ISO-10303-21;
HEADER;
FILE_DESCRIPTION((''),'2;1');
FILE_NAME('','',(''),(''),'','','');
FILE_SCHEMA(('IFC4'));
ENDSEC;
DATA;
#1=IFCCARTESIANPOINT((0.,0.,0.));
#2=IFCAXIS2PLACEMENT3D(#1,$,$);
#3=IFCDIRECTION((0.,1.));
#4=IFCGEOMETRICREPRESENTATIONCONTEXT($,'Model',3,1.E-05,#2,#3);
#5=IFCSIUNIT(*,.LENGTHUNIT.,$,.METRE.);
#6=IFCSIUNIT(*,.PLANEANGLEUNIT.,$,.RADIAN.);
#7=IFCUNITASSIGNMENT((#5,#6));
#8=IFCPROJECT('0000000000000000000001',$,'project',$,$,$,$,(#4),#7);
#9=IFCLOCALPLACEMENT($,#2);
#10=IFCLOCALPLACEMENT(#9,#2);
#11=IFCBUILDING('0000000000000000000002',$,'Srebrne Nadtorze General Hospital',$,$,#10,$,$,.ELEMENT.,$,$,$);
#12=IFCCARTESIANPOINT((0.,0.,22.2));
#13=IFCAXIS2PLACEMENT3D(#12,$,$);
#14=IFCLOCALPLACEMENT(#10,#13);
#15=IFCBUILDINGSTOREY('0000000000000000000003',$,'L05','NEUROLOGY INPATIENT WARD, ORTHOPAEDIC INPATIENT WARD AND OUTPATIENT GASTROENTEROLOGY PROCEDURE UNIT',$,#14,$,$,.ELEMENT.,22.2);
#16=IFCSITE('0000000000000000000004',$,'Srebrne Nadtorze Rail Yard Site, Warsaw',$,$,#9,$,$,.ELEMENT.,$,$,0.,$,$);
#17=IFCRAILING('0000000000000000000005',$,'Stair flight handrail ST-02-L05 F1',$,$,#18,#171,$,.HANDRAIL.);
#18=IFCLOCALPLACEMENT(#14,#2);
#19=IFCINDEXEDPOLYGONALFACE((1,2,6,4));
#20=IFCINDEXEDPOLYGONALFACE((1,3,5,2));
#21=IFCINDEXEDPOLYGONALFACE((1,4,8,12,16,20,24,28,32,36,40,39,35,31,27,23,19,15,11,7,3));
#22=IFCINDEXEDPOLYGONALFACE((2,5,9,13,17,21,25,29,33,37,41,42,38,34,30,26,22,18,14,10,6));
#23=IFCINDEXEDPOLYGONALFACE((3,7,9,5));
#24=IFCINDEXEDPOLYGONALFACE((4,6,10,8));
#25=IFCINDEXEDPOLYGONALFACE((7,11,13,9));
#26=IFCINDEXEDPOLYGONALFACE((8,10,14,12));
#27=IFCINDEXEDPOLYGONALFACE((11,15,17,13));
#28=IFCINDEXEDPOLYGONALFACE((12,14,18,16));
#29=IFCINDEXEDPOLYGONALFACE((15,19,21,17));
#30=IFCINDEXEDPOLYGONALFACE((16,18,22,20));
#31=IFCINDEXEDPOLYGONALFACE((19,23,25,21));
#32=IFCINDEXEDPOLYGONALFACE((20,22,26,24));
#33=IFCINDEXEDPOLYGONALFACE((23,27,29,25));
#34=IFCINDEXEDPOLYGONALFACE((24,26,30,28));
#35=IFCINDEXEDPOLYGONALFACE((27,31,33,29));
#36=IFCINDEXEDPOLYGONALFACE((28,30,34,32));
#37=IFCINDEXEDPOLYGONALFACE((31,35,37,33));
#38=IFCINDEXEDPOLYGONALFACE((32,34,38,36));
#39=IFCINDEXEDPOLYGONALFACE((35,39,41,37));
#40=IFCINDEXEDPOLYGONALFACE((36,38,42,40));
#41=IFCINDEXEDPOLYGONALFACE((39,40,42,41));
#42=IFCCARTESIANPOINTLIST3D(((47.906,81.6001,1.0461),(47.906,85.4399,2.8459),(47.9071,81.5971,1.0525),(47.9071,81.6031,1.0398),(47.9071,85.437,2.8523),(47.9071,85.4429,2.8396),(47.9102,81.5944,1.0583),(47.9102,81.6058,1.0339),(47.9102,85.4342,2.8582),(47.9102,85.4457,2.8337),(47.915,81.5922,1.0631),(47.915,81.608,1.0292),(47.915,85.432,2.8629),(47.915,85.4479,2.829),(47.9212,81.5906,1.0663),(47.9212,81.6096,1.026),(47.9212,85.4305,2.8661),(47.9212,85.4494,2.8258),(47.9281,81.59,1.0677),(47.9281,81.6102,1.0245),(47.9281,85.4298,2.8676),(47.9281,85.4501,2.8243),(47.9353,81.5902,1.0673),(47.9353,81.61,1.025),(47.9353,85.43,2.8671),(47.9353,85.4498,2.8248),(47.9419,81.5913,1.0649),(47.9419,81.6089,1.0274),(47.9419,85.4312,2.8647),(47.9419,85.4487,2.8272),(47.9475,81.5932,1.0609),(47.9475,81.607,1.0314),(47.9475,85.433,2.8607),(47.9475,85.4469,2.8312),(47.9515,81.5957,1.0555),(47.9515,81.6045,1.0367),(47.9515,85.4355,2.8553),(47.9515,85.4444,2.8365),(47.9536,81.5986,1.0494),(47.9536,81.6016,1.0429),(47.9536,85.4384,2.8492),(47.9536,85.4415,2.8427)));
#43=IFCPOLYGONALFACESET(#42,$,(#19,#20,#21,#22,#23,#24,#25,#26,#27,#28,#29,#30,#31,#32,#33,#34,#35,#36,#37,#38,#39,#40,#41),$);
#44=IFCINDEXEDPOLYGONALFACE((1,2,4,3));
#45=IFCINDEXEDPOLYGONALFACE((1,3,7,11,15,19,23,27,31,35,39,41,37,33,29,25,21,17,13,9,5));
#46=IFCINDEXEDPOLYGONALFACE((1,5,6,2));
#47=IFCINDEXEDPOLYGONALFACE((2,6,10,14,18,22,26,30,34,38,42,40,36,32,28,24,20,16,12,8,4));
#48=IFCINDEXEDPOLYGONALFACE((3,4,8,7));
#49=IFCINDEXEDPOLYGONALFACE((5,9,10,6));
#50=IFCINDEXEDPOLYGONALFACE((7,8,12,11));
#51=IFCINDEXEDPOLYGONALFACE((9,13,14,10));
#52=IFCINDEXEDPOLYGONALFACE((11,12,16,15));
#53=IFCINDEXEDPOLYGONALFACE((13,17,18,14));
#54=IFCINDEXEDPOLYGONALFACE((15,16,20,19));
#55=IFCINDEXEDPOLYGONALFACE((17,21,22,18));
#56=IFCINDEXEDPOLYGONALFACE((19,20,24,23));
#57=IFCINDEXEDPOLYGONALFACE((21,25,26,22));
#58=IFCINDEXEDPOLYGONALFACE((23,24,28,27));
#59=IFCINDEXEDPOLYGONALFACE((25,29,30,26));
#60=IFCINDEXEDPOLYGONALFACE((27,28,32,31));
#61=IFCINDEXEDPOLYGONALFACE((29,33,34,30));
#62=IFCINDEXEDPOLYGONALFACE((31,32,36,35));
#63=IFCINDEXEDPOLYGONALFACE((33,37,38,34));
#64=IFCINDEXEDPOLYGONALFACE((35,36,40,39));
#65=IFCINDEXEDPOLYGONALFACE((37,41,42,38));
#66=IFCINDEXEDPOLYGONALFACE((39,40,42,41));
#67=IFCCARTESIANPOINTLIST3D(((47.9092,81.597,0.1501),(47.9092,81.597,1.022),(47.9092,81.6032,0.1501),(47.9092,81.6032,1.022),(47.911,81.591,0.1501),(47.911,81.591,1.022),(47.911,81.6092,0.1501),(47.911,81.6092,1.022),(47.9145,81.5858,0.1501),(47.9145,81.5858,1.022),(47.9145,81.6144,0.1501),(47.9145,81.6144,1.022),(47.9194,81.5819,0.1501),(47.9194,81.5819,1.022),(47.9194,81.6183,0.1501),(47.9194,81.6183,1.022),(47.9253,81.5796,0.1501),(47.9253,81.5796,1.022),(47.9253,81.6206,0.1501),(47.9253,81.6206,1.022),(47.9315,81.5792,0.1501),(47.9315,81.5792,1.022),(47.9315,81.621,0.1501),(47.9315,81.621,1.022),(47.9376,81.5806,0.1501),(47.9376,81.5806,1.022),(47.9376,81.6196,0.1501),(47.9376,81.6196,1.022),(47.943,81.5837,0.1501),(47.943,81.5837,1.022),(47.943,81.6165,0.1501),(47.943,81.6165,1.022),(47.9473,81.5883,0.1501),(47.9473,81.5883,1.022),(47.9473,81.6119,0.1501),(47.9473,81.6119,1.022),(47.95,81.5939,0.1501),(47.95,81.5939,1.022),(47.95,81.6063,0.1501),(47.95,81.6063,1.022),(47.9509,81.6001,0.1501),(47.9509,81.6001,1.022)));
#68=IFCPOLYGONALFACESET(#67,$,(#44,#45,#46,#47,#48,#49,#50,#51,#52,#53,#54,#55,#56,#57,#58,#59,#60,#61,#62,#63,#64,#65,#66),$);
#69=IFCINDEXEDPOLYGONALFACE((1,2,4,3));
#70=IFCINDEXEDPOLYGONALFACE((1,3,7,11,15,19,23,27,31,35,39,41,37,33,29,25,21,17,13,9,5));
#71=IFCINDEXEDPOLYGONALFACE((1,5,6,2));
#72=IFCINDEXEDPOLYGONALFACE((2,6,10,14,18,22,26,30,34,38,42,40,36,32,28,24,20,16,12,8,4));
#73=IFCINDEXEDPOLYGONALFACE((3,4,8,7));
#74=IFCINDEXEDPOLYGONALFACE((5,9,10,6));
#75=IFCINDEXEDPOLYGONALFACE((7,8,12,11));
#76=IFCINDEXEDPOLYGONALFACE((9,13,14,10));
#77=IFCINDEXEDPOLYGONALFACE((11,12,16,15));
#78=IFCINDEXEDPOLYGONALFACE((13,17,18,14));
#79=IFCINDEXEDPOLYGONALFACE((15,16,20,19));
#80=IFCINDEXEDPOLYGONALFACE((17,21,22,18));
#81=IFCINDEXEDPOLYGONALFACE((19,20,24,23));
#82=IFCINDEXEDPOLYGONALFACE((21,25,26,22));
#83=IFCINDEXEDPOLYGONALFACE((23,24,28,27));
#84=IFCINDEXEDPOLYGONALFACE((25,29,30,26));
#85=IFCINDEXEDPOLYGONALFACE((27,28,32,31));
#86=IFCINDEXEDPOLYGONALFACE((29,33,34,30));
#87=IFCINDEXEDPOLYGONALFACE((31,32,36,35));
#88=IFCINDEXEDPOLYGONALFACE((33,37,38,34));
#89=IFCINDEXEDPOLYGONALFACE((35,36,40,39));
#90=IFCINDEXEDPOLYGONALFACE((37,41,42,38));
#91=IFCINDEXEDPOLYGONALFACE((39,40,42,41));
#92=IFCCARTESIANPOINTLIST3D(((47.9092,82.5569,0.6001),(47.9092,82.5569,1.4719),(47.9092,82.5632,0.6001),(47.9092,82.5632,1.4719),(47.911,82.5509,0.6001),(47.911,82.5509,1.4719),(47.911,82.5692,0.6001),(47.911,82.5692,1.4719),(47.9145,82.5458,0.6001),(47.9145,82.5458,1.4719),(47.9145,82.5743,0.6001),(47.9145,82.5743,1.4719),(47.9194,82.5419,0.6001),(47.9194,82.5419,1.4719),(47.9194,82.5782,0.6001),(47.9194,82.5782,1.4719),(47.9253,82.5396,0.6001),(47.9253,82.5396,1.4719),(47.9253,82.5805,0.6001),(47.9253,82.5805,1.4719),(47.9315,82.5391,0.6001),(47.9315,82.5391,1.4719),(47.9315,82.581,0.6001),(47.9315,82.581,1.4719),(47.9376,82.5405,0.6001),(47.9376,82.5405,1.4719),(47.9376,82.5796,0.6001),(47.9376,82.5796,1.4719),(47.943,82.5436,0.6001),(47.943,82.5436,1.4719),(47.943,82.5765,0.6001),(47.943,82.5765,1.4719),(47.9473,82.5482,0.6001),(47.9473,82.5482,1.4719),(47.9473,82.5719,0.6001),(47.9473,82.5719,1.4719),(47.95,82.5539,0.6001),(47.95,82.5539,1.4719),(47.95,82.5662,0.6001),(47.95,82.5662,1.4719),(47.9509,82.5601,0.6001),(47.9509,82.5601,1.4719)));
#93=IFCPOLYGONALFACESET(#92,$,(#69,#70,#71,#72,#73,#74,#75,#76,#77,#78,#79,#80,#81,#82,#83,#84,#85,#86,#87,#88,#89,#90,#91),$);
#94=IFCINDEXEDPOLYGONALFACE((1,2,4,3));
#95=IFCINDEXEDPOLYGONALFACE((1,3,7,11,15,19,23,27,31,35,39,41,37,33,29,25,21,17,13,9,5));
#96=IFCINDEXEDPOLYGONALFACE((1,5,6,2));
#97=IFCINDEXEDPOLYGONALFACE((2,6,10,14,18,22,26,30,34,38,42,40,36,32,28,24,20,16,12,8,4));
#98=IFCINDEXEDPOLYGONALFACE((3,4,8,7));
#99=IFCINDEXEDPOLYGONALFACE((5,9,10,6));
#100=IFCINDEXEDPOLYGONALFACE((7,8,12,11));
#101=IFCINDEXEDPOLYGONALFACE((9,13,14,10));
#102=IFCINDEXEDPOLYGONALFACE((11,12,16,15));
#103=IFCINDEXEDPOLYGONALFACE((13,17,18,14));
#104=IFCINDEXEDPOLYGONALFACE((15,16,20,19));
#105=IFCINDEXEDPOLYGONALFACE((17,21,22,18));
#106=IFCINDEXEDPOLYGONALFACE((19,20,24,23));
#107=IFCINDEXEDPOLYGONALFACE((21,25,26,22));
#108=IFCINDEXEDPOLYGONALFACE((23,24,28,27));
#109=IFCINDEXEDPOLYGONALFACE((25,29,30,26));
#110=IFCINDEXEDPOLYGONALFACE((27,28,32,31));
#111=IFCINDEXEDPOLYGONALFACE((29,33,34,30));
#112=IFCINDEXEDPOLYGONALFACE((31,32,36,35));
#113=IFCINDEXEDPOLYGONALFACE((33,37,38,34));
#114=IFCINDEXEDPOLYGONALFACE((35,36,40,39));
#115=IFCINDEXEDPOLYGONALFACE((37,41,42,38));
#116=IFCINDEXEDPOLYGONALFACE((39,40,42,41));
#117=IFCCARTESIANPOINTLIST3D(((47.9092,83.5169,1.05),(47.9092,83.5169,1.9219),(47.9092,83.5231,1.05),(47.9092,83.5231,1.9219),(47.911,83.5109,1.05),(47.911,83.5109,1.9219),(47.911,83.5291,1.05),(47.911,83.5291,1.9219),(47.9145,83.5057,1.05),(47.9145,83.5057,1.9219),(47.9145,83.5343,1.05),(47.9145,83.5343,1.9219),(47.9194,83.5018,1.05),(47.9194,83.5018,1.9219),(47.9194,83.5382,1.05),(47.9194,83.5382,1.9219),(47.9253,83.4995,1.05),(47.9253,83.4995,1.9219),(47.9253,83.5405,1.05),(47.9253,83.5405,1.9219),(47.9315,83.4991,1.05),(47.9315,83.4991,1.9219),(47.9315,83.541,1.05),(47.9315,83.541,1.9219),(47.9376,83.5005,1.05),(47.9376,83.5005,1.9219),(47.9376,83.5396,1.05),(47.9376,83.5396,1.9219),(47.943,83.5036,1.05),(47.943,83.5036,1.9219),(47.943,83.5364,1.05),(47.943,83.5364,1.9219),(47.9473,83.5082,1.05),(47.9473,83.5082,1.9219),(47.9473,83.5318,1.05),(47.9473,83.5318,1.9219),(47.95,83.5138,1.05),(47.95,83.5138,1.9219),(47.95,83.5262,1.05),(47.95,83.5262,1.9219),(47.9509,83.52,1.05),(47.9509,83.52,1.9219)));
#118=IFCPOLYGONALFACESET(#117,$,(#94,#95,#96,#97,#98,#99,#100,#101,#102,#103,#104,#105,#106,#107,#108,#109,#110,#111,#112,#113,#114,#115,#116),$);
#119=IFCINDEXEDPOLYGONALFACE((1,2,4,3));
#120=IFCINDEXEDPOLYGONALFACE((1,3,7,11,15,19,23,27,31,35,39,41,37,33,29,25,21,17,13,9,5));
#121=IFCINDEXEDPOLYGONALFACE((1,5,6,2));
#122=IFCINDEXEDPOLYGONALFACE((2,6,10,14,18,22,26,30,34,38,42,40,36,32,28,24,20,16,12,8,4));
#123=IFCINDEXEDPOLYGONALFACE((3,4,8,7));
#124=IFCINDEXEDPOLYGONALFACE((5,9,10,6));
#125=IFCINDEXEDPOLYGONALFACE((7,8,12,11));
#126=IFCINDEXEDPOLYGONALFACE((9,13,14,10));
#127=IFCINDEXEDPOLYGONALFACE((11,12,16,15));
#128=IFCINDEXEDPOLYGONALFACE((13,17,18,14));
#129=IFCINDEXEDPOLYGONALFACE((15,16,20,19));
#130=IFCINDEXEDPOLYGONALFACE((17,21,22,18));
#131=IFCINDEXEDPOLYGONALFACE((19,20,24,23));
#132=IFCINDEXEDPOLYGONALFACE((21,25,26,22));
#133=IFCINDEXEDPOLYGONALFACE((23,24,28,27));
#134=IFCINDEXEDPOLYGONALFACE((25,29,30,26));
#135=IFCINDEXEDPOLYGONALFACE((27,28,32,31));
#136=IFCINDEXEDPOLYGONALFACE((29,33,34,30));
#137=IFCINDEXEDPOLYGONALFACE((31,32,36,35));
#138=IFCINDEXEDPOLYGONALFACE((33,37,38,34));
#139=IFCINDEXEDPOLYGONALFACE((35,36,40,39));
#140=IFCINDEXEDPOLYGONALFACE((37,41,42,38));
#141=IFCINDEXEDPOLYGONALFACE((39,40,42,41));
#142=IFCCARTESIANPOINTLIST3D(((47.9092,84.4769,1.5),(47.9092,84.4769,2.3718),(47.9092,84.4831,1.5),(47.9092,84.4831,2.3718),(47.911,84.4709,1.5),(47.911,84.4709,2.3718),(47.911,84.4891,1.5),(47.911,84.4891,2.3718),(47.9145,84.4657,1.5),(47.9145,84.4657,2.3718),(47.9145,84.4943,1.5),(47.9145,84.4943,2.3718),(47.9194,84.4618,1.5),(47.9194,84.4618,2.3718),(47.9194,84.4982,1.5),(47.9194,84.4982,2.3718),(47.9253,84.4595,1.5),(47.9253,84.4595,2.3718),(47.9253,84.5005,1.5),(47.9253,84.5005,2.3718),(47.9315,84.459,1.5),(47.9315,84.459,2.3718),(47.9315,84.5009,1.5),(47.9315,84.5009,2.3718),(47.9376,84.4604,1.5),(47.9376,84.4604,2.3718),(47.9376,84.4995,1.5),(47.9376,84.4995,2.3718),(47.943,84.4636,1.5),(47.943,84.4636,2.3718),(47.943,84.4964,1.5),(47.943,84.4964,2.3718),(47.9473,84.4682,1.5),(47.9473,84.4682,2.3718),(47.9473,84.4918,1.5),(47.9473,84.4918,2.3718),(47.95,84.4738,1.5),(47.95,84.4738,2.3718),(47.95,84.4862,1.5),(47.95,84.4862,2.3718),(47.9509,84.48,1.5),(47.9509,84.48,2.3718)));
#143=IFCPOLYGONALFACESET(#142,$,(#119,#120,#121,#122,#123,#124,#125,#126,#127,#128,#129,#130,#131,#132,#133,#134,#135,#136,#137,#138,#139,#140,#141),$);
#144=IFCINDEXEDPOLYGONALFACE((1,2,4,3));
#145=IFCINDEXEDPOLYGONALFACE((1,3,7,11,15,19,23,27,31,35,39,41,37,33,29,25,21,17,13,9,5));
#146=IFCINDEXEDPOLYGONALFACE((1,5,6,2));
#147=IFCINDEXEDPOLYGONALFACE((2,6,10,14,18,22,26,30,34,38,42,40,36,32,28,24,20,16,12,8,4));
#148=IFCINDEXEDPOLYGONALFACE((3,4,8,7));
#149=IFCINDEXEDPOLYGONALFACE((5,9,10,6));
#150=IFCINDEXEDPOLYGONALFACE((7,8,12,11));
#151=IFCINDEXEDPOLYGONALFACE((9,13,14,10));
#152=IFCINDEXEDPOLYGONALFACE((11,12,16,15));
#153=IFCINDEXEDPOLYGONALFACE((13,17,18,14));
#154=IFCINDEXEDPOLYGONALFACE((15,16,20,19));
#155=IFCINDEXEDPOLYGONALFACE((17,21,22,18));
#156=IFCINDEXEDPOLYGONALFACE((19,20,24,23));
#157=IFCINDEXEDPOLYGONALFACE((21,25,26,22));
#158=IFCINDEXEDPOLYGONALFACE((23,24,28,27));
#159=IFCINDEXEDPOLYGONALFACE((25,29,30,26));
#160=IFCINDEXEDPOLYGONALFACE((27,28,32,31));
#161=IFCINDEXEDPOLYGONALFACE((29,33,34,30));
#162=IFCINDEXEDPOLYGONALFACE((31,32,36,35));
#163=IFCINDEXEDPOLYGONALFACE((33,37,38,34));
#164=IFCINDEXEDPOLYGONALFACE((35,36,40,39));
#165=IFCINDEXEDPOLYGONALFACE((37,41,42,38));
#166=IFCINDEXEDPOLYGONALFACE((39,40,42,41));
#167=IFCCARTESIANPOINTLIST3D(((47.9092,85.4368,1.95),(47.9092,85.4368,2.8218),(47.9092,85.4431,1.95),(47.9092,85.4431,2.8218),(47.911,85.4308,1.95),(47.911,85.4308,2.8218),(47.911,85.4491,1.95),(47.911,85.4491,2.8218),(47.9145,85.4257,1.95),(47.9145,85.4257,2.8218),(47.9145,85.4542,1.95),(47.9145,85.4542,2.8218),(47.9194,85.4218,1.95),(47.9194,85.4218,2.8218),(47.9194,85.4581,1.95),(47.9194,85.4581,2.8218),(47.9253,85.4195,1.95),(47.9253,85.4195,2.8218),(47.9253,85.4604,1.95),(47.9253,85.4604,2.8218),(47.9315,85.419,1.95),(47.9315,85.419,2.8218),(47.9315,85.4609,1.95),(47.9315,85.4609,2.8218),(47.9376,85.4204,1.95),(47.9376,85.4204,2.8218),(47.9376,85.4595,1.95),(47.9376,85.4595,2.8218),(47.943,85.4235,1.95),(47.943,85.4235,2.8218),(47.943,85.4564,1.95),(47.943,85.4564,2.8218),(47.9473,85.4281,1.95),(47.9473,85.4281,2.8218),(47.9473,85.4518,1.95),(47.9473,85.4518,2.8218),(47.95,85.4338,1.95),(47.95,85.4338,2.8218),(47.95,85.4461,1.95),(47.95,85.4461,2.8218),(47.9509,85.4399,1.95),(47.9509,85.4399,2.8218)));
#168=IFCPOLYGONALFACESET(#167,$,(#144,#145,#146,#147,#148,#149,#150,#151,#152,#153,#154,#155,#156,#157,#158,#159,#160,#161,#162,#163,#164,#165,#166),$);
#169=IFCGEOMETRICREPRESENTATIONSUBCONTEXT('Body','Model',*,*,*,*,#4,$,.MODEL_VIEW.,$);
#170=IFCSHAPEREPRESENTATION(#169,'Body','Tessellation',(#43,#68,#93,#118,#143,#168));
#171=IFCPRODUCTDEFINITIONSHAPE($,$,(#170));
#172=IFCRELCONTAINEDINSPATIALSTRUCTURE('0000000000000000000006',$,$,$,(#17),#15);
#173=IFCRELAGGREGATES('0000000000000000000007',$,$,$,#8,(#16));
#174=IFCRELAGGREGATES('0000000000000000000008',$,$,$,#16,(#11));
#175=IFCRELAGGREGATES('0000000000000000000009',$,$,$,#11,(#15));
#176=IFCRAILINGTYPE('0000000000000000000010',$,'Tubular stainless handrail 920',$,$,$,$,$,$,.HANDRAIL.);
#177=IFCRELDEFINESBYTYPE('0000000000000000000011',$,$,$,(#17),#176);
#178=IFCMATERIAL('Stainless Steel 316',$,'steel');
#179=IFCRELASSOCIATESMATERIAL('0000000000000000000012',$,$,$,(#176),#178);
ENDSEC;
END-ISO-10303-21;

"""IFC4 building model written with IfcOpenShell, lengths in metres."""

from ifc_helpers import new_model, si_unit, direction, frame, origin, origin_2d, place, context, subcontext, project, spatial, circle, extrude, material, type_object, element, save


model = new_model("IFC4")

# Units and contexts
model_context = context("Model", 3, precision=1e-05, world=origin(), true_north=direction((0.0, 1.0)))
body_context = subcontext(model_context, "Body", "Model", "MODEL_VIEW")
ifc_project = project(units=[si_unit("LENGTHUNIT", "METRE"), si_unit("PLANEANGLEUNIT", "RADIAN")], contexts=[model_context])

# Site, building, storey
site_placement = place(None, origin())
site = spatial("IfcSite", under=ifc_project, at=site_placement, Name="Srebrne Nadtorze Rail Yard Site, Warsaw", CompositionType="ELEMENT", RefElevation=0.0)
building_placement = place(site_placement, origin())
building = spatial("IfcBuilding", under=site, at=building_placement, Name="Srebrne Nadtorze General Hospital", CompositionType="ELEMENT")
storey_placement = place(building_placement, frame((0.0, 0.0, 22.2)))
storey = spatial("IfcBuildingStorey", under=building, at=storey_placement, Name="L05", Description="NEUROLOGY INPATIENT WARD, ORTHOPAEDIC INPATIENT WARD AND OUTPATIENT GASTROENTEROLOGY PROCEDURE UNIT", CompositionType="ELEMENT", Elevation=22.2)

# Railing
ifc_material_1 = material(Name="Stainless Steel 316", Category="steel")
railing_type = type_object("IfcRailingType", Name="Tubular stainless handrail 920", PredefinedType="HANDRAIL", material=ifc_material_1)
railing_placement = place(storey_placement, frame((47.9299, 81.6001, 0.1501)))
element("IfcRailing", 1, at=railing_placement, inside=storey, type_object=railing_type, Name="Stair flight handrail ST-02-L05 F1", PredefinedType="HANDRAIL", context=body_context, shape_type="SweptSolid", body=[
    extrude(circle(Radius=0.0239, at=origin_2d()), frame((0.0, 0.0, 0.896), z_axis=(0.0, 0.90547, 0.42441), x_axis=(-1.0, 0.0, 0.0)), (0.0, 0.0, 1.0), 4.2407),
    extrude(circle(Radius=0.021, at=origin_2d()), origin(), (0.0, 0.0, 1.0), 0.8718),
    extrude(circle(Radius=0.021, at=origin_2d()), frame((0.0, 0.96, 0.45)), (0.0, 0.0, 1.0), 0.8718),
    extrude(circle(Radius=0.021, at=origin_2d()), frame((0.0, 1.9199, 0.8999)), (0.0, 0.0, 1.0), 0.8718),
    extrude(circle(Radius=0.021, at=origin_2d()), frame((0.0, 2.8799, 1.3499)), (0.0, 0.0, 1.0), 0.8718),
    extrude(circle(Radius=0.021, at=origin_2d()), frame((0.0, 3.8398, 1.7998)), (0.0, 0.0, 1.0), 0.8718),
])

save(model, "model.ifc")
